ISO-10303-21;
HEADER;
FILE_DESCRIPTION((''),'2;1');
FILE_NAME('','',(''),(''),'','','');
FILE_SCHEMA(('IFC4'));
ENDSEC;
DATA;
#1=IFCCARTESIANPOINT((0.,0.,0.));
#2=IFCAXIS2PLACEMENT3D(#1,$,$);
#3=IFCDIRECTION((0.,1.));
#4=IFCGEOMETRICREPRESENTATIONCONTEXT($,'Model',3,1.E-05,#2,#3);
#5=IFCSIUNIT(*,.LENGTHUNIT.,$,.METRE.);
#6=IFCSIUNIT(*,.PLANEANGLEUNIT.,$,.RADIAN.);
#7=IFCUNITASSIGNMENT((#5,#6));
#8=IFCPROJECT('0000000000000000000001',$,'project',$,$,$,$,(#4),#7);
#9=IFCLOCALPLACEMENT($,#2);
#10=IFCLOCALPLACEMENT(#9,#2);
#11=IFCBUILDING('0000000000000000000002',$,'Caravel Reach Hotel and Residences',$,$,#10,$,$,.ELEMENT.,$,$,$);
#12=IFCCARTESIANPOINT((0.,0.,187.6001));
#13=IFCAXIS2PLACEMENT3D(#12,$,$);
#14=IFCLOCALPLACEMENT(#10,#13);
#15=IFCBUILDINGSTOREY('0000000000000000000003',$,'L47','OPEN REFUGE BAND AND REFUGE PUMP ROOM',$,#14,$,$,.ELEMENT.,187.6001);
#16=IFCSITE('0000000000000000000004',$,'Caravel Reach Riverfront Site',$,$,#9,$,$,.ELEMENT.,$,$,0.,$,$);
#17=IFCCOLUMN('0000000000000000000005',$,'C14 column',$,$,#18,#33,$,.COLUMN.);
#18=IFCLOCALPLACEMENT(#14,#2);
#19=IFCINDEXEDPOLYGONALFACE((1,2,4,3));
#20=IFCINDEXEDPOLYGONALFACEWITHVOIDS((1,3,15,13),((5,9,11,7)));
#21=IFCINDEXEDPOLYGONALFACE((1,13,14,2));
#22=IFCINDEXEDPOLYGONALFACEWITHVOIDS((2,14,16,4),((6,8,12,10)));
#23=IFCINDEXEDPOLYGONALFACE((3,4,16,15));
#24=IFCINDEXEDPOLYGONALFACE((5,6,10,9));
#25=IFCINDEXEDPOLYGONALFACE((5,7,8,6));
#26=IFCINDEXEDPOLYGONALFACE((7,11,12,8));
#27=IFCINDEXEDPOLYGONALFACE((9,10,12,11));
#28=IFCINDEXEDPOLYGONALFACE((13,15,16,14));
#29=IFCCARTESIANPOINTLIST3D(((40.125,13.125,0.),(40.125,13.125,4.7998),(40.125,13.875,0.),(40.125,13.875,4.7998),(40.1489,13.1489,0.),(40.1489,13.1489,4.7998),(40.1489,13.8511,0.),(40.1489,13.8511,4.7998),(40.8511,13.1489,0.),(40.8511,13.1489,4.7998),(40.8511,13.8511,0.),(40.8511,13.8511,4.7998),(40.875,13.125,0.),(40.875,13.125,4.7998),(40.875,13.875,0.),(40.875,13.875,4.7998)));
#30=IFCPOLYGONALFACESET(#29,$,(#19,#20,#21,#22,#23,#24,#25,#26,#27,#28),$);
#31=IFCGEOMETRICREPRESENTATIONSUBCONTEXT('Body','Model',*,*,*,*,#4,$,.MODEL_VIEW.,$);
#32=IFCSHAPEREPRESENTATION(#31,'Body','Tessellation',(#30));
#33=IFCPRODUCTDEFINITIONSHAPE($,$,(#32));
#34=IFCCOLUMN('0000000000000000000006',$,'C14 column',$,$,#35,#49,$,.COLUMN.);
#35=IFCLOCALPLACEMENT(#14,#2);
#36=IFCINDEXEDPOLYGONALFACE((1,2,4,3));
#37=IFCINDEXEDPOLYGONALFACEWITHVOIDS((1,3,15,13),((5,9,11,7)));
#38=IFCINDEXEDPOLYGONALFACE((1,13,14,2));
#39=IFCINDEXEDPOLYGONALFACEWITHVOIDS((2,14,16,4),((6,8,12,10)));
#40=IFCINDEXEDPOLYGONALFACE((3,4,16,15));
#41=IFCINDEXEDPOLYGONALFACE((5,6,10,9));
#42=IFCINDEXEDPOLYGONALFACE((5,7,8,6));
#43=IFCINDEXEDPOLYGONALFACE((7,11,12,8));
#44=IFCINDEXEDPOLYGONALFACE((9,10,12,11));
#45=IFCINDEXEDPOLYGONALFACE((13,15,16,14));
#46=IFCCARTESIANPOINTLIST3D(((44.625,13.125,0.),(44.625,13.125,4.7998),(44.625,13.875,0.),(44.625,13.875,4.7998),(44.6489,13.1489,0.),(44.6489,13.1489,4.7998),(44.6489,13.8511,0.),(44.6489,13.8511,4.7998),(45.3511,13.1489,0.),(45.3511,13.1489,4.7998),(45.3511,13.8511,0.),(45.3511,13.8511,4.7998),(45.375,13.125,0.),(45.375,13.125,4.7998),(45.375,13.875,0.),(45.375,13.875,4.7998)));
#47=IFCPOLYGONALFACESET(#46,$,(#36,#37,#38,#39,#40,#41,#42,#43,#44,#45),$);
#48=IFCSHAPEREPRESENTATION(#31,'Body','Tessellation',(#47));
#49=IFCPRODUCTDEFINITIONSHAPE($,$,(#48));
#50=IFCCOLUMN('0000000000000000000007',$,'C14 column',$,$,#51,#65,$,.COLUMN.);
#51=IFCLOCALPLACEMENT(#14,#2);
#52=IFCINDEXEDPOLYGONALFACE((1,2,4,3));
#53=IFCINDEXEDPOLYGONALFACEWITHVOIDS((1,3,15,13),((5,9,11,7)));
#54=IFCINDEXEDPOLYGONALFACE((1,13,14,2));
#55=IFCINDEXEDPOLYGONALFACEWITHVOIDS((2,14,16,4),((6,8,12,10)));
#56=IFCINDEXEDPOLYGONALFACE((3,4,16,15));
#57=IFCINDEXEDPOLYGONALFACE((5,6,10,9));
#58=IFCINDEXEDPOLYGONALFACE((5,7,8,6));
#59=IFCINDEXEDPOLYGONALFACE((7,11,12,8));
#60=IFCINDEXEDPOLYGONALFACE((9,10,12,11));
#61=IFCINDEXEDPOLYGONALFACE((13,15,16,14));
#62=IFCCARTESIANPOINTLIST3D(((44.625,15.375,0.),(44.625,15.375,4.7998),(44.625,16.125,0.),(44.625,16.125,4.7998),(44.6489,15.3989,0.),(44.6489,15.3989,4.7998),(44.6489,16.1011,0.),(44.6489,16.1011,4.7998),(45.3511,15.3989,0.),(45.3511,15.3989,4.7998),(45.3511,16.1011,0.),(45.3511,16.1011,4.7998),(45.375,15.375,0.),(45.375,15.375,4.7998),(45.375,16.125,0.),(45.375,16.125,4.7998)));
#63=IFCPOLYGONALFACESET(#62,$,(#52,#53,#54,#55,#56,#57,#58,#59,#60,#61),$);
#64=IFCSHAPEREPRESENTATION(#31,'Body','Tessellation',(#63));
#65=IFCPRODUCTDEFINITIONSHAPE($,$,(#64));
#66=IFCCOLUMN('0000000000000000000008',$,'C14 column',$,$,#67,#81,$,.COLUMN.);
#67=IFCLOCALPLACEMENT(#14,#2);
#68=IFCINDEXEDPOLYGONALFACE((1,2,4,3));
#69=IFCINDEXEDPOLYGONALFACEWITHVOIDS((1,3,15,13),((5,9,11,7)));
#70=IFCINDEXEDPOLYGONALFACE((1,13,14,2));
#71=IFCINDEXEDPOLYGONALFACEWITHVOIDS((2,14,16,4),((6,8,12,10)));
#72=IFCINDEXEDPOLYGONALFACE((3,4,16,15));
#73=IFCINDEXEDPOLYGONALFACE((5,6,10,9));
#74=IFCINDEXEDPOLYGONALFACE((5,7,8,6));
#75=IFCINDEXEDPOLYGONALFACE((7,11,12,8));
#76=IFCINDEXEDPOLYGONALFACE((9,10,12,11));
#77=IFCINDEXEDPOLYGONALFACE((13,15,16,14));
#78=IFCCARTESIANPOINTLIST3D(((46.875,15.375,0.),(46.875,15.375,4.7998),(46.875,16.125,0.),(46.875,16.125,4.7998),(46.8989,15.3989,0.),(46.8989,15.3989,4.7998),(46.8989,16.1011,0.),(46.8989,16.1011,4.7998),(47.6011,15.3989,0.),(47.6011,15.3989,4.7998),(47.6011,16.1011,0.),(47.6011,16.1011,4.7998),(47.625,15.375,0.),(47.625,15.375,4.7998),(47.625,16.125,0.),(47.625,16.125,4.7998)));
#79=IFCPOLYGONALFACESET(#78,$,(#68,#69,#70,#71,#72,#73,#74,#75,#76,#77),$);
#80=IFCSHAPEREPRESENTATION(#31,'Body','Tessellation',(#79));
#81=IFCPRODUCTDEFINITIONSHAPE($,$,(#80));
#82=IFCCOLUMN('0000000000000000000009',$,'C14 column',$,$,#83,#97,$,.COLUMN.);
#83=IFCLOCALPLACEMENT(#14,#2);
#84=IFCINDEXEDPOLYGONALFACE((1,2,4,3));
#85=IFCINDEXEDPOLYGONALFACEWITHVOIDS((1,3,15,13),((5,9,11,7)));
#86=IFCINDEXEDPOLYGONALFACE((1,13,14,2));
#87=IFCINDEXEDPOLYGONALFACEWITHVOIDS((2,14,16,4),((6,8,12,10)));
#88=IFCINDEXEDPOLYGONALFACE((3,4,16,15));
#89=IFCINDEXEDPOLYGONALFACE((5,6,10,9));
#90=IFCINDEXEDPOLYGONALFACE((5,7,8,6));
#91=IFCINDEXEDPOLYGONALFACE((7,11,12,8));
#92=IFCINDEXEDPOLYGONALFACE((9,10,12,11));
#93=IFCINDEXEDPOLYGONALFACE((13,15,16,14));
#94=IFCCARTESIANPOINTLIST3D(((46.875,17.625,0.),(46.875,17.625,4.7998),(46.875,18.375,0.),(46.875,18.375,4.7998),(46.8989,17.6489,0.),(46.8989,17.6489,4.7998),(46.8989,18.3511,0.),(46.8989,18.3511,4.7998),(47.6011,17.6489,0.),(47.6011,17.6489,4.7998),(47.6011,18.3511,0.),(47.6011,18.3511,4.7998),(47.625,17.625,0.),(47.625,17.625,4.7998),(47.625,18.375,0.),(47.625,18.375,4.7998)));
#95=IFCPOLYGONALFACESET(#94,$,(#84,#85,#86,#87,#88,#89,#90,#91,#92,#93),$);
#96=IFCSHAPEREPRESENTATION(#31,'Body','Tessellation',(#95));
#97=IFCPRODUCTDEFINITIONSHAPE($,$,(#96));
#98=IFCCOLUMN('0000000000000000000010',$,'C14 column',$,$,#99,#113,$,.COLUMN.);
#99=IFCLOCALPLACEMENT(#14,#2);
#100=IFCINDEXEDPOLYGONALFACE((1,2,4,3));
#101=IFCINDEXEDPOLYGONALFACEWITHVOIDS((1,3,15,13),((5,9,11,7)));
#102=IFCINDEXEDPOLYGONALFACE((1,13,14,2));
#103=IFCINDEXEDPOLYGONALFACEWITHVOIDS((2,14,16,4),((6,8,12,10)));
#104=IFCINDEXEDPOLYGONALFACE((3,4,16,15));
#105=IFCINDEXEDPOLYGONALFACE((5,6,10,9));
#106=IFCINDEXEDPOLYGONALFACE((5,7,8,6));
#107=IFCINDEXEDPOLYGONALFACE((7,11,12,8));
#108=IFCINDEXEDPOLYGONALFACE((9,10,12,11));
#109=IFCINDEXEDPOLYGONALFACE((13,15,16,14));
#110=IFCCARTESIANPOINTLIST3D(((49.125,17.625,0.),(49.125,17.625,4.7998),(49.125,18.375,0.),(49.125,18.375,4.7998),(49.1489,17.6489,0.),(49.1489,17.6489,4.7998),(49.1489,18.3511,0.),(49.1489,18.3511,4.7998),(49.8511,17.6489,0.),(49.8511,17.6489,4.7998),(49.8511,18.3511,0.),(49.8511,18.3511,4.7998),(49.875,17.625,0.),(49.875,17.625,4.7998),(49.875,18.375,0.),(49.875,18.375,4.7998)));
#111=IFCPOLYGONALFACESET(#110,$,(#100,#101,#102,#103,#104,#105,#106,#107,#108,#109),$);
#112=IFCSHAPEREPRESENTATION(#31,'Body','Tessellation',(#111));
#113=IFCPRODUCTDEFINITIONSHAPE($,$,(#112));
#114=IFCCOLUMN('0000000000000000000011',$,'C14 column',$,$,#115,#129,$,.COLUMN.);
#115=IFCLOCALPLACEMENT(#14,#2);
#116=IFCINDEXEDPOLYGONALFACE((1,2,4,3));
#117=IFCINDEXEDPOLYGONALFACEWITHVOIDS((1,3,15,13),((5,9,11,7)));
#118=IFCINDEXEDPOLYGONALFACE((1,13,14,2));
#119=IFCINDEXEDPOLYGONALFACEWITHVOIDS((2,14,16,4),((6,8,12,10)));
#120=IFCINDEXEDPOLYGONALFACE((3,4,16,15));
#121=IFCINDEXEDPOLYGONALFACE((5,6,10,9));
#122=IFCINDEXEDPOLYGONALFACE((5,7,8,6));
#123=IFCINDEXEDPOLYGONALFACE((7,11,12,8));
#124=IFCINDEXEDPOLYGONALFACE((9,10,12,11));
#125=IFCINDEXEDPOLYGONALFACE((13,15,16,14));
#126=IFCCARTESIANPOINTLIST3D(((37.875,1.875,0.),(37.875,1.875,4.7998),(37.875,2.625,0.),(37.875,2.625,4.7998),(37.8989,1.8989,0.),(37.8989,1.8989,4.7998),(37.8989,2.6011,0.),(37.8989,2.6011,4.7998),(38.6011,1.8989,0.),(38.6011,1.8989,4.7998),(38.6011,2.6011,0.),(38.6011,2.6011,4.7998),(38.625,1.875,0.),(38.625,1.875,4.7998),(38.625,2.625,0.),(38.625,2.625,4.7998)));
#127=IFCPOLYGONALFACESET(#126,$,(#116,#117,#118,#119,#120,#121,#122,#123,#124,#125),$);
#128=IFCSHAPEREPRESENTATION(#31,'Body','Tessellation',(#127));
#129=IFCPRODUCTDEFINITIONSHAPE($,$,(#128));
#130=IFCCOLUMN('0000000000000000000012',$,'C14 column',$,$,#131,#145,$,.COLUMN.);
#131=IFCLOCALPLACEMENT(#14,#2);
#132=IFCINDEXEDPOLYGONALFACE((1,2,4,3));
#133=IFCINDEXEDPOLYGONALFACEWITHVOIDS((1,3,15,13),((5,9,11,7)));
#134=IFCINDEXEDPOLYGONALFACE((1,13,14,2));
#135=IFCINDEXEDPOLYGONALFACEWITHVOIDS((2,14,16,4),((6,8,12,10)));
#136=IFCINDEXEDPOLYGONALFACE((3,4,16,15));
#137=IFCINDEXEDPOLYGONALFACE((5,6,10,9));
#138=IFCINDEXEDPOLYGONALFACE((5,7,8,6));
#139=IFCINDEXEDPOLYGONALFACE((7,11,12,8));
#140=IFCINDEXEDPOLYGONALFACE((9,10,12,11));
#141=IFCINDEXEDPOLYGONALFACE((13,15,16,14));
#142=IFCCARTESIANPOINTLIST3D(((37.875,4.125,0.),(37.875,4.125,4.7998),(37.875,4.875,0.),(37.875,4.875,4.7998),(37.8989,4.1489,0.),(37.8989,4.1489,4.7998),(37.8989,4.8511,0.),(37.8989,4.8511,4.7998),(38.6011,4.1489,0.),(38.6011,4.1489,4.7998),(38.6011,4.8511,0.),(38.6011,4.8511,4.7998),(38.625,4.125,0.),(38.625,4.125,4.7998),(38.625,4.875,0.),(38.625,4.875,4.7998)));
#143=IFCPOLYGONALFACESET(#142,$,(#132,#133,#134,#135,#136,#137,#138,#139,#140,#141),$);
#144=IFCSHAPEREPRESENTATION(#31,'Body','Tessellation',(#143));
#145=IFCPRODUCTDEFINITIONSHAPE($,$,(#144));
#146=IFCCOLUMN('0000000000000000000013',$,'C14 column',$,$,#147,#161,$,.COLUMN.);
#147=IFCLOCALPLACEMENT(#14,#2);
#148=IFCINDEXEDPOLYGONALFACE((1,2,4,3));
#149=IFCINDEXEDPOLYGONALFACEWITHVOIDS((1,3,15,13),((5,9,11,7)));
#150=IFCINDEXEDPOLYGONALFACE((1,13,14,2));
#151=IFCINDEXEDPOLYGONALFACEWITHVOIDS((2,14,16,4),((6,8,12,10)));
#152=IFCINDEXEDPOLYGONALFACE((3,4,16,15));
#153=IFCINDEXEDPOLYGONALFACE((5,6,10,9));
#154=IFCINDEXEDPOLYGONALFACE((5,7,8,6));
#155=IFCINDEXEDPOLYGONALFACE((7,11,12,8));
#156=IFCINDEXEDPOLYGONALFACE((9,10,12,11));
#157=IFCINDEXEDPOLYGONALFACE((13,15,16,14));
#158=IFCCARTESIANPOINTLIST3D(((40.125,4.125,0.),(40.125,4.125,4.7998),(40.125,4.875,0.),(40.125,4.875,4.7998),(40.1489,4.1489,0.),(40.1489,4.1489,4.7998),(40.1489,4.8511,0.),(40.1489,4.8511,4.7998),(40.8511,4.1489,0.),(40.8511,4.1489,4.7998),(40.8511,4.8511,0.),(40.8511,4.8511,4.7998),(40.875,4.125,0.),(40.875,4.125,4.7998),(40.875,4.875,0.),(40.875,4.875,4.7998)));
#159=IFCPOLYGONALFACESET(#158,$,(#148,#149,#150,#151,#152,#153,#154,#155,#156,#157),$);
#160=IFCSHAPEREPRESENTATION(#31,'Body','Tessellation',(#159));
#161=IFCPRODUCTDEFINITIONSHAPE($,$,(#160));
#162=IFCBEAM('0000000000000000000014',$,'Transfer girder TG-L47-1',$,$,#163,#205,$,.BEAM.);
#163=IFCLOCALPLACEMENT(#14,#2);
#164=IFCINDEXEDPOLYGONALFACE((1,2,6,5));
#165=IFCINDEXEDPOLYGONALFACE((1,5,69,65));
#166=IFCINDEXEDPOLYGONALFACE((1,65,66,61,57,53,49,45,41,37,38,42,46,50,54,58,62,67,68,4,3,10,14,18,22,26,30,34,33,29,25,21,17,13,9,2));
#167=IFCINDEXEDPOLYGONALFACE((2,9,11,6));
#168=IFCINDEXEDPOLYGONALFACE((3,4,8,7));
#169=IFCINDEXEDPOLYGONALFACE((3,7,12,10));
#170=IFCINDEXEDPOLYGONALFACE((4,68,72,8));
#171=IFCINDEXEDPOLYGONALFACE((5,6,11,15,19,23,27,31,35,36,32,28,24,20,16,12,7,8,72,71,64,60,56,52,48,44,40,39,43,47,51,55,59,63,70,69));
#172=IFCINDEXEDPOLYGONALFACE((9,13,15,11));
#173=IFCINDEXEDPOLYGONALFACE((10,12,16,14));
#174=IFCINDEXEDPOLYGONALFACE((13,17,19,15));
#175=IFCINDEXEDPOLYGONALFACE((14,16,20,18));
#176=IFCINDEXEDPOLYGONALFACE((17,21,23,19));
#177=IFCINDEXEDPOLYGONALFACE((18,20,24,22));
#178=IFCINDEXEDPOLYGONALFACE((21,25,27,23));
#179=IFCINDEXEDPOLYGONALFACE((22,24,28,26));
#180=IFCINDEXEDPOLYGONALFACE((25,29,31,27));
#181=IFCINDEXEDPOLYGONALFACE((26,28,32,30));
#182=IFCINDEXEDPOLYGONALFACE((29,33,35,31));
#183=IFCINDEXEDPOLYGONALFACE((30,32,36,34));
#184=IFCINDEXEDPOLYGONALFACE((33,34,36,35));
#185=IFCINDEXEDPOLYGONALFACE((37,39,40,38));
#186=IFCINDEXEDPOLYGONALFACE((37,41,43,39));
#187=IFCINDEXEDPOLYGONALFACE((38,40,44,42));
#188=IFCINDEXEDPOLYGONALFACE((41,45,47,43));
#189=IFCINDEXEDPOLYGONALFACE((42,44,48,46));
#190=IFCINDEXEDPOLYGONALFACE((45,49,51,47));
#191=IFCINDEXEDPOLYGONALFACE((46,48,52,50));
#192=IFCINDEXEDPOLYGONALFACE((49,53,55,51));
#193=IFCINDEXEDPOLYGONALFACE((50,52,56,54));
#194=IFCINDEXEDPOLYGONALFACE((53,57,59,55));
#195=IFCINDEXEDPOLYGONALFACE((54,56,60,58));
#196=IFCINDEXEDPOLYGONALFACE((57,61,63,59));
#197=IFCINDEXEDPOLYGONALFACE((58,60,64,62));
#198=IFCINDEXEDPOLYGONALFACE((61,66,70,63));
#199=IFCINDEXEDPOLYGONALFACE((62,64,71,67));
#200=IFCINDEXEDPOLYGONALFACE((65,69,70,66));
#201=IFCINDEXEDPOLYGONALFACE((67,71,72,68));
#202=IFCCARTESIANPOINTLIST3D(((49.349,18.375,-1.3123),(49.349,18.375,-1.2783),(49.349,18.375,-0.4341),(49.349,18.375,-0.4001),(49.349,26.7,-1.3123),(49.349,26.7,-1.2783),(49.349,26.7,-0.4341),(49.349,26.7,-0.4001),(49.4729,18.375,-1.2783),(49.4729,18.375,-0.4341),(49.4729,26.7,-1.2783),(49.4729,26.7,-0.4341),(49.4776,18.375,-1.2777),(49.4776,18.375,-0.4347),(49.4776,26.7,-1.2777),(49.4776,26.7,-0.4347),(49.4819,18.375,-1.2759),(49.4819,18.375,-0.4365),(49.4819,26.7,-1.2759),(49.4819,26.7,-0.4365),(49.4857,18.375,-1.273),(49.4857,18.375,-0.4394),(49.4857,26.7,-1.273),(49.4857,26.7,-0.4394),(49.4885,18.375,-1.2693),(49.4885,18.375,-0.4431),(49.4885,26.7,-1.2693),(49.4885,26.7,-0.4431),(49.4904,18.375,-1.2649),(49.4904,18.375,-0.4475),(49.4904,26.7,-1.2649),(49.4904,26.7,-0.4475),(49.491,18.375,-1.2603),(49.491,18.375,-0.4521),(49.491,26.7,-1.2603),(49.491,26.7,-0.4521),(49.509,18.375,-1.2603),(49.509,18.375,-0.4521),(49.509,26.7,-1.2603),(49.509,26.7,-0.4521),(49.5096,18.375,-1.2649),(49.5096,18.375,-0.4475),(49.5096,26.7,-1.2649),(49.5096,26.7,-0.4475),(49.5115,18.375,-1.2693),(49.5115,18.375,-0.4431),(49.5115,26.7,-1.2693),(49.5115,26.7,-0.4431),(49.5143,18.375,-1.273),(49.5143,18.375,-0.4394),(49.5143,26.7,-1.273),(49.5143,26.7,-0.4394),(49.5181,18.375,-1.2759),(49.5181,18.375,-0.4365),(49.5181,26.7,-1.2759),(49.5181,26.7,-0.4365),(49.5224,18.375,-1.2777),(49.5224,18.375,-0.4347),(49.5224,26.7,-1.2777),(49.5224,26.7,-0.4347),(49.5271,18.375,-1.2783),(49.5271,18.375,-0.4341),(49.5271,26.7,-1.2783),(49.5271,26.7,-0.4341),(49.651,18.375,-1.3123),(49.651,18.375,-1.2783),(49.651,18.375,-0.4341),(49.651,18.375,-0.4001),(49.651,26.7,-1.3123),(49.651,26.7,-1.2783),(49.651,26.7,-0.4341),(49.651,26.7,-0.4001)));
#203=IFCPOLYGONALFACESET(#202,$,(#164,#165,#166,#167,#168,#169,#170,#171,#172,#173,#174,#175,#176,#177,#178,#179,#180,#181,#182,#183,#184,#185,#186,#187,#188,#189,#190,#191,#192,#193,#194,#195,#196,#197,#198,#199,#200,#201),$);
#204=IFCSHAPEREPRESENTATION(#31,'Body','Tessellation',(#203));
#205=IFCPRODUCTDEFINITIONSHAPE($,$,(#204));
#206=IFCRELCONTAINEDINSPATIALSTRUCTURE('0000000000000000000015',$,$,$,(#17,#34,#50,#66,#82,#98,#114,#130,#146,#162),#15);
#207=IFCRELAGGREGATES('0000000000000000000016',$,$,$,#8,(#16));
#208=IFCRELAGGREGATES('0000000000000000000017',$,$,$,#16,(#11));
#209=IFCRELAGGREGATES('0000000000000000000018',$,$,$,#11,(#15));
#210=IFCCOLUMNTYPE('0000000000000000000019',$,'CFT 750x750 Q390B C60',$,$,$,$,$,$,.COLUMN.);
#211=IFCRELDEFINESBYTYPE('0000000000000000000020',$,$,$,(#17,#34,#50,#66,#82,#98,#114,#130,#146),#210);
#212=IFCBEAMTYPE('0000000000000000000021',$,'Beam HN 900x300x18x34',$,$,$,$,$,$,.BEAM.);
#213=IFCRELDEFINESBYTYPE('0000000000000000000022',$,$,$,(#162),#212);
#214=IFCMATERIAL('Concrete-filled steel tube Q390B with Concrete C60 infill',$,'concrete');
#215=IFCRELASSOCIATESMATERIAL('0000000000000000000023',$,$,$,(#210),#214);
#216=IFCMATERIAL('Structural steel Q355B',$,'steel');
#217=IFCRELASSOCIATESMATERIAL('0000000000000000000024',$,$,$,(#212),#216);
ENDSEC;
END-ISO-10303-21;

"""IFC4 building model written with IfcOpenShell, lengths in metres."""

from ifc_helpers import new_model, si_unit, direction, frame, origin, origin_2d, place, context, subcontext, project, spatial, hollow_rectangle, i_section, extrude, material, material_profile, profile_set, type_object, element, save


model = new_model("IFC4")

# Units and contexts
model_context = context("Model", 3, precision=1e-05, world=origin(), true_north=direction((0.0, 1.0)))
body_context = subcontext(model_context, "Body", "Model", "MODEL_VIEW")
ifc_project = project(units=[si_unit("LENGTHUNIT", "METRE"), si_unit("PLANEANGLEUNIT", "RADIAN")], contexts=[model_context])

# Site, building, storey
site_placement = place(None, origin())
site = spatial("IfcSite", under=ifc_project, at=site_placement, Name="Caravel Reach Riverfront Site", CompositionType="ELEMENT", RefElevation=0.0)
building_placement = place(site_placement, origin())
building = spatial("IfcBuilding", under=site, at=building_placement, Name="Caravel Reach Hotel and Residences", CompositionType="ELEMENT")
storey_placement = place(building_placement, frame((0.0, 0.0, 187.6001)))
storey = spatial("IfcBuildingStorey", under=building, at=storey_placement, Name="L47", Description="OPEN REFUGE BAND AND REFUGE PUMP ROOM", CompositionType="ELEMENT", Elevation=187.6001)

# Columns
ifc_material_1 = material(Name="Concrete-filled steel tube Q390B with Concrete C60 infill", Category="concrete")
ifc_material_profile_1 = material_profile(ifc_material_1, hollow_rectangle(XDim=0.75, YDim=0.75, WallThickness=0.0239, at=origin_2d()), Name="RHS 750x750x24")
ifc_profile_set_1 = profile_set([ifc_material_profile_1], Name="Concrete-filled steel tube Q390B with Concrete C60 infill")
column_type = type_object("IfcColumnType", Name="CFT 750x750 Q390B C60", PredefinedType="COLUMN", material=ifc_profile_set_1)
for number, where, z_axis, x_axis, name in (
    (1, (40.5, 13.5, 0.0), (0.0, 0.0, 1.0), (1.0, 0.0, 0.0), "C14 column"),
    (2, (45.0, 13.5, 0.0), (0.0, 0.0, 1.0), (1.0, 0.0, 0.0), "C14 column"),
    (3, (45.0, 15.75, 0.0), (0.0, 0.0, 1.0), (1.0, 0.0, 0.0), "C14 column"),
    (4, (47.25, 15.75, 0.0), (0.0, 0.0, 1.0), (1.0, 0.0, 0.0), "C14 column"),
    (5, (47.25, 18.0, 0.0), (0.0, 0.0, 1.0), (1.0, 0.0, 0.0), "C14 column"),
    (6, (49.5, 18.0, 0.0), (0.0, 0.0, 1.0), (1.0, 0.0, 0.0), "C14 column"),
    (7, (38.25, 2.25, 0.0), (0.0, 0.0, 1.0), (1.0, 0.0, 0.0), "C14 column"),
    (8, (38.25, 4.5, 0.0), (0.0, 0.0, 1.0), (1.0, 0.0, 0.0), "C14 column"),
    (9, (40.5, 4.5, 0.0), (0.0, 0.0, 1.0), (1.0, 0.0, 0.0), "C14 column"),
):
    element("IfcColumn", number, at=place(storey_placement, frame(where, z_axis=z_axis, x_axis=x_axis)), inside=storey, type_object=column_type, Name=name, PredefinedType="COLUMN", context=body_context, shape_type="SweptSolid", body=[
        extrude(hollow_rectangle(XDim=0.75, YDim=0.75, WallThickness=0.0239, at=origin_2d()), origin(), (0.0, 0.0, 1.0), 4.7998),
    ])

# Beam
ifc_material_2 = material(Name="Structural steel Q355B", Category="steel")
ifc_material_profile_2 = material_profile(ifc_material_2, i_section(OverallWidth=0.302, OverallDepth=0.9121, WebThickness=0.0181, FlangeThickness=0.0339, FilletRadius=0.0181, at=origin_2d()), Name="HN 900x300x18x34")
ifc_profile_set_2 = profile_set([ifc_material_profile_2], Name="Structural steel Q355B")
beam_type_1 = type_object("IfcBeamType", Name="Beam HN 900x300x18x34", PredefinedType="BEAM", material=ifc_profile_set_2)
beam_1_placement = place(storey_placement, frame((49.5, 18.375, -0.8562), z_axis=(0.0, 1.0, 0.0), x_axis=(-1.0, 0.0, 0.0)))
element("IfcBeam", 10, at=beam_1_placement, inside=storey, type_object=beam_type_1, Name="Transfer girder TG-L47-1", PredefinedType="BEAM", context=body_context, shape_type="SweptSolid", body=[
    extrude(i_section(OverallWidth=0.302, OverallDepth=0.9121, WebThickness=0.0181, FlangeThickness=0.0339, FilletRadius=0.0181, at=origin_2d()), origin(), (0.0, 0.0, 1.0), 8.325),
])

save(model, "model.ifc")
